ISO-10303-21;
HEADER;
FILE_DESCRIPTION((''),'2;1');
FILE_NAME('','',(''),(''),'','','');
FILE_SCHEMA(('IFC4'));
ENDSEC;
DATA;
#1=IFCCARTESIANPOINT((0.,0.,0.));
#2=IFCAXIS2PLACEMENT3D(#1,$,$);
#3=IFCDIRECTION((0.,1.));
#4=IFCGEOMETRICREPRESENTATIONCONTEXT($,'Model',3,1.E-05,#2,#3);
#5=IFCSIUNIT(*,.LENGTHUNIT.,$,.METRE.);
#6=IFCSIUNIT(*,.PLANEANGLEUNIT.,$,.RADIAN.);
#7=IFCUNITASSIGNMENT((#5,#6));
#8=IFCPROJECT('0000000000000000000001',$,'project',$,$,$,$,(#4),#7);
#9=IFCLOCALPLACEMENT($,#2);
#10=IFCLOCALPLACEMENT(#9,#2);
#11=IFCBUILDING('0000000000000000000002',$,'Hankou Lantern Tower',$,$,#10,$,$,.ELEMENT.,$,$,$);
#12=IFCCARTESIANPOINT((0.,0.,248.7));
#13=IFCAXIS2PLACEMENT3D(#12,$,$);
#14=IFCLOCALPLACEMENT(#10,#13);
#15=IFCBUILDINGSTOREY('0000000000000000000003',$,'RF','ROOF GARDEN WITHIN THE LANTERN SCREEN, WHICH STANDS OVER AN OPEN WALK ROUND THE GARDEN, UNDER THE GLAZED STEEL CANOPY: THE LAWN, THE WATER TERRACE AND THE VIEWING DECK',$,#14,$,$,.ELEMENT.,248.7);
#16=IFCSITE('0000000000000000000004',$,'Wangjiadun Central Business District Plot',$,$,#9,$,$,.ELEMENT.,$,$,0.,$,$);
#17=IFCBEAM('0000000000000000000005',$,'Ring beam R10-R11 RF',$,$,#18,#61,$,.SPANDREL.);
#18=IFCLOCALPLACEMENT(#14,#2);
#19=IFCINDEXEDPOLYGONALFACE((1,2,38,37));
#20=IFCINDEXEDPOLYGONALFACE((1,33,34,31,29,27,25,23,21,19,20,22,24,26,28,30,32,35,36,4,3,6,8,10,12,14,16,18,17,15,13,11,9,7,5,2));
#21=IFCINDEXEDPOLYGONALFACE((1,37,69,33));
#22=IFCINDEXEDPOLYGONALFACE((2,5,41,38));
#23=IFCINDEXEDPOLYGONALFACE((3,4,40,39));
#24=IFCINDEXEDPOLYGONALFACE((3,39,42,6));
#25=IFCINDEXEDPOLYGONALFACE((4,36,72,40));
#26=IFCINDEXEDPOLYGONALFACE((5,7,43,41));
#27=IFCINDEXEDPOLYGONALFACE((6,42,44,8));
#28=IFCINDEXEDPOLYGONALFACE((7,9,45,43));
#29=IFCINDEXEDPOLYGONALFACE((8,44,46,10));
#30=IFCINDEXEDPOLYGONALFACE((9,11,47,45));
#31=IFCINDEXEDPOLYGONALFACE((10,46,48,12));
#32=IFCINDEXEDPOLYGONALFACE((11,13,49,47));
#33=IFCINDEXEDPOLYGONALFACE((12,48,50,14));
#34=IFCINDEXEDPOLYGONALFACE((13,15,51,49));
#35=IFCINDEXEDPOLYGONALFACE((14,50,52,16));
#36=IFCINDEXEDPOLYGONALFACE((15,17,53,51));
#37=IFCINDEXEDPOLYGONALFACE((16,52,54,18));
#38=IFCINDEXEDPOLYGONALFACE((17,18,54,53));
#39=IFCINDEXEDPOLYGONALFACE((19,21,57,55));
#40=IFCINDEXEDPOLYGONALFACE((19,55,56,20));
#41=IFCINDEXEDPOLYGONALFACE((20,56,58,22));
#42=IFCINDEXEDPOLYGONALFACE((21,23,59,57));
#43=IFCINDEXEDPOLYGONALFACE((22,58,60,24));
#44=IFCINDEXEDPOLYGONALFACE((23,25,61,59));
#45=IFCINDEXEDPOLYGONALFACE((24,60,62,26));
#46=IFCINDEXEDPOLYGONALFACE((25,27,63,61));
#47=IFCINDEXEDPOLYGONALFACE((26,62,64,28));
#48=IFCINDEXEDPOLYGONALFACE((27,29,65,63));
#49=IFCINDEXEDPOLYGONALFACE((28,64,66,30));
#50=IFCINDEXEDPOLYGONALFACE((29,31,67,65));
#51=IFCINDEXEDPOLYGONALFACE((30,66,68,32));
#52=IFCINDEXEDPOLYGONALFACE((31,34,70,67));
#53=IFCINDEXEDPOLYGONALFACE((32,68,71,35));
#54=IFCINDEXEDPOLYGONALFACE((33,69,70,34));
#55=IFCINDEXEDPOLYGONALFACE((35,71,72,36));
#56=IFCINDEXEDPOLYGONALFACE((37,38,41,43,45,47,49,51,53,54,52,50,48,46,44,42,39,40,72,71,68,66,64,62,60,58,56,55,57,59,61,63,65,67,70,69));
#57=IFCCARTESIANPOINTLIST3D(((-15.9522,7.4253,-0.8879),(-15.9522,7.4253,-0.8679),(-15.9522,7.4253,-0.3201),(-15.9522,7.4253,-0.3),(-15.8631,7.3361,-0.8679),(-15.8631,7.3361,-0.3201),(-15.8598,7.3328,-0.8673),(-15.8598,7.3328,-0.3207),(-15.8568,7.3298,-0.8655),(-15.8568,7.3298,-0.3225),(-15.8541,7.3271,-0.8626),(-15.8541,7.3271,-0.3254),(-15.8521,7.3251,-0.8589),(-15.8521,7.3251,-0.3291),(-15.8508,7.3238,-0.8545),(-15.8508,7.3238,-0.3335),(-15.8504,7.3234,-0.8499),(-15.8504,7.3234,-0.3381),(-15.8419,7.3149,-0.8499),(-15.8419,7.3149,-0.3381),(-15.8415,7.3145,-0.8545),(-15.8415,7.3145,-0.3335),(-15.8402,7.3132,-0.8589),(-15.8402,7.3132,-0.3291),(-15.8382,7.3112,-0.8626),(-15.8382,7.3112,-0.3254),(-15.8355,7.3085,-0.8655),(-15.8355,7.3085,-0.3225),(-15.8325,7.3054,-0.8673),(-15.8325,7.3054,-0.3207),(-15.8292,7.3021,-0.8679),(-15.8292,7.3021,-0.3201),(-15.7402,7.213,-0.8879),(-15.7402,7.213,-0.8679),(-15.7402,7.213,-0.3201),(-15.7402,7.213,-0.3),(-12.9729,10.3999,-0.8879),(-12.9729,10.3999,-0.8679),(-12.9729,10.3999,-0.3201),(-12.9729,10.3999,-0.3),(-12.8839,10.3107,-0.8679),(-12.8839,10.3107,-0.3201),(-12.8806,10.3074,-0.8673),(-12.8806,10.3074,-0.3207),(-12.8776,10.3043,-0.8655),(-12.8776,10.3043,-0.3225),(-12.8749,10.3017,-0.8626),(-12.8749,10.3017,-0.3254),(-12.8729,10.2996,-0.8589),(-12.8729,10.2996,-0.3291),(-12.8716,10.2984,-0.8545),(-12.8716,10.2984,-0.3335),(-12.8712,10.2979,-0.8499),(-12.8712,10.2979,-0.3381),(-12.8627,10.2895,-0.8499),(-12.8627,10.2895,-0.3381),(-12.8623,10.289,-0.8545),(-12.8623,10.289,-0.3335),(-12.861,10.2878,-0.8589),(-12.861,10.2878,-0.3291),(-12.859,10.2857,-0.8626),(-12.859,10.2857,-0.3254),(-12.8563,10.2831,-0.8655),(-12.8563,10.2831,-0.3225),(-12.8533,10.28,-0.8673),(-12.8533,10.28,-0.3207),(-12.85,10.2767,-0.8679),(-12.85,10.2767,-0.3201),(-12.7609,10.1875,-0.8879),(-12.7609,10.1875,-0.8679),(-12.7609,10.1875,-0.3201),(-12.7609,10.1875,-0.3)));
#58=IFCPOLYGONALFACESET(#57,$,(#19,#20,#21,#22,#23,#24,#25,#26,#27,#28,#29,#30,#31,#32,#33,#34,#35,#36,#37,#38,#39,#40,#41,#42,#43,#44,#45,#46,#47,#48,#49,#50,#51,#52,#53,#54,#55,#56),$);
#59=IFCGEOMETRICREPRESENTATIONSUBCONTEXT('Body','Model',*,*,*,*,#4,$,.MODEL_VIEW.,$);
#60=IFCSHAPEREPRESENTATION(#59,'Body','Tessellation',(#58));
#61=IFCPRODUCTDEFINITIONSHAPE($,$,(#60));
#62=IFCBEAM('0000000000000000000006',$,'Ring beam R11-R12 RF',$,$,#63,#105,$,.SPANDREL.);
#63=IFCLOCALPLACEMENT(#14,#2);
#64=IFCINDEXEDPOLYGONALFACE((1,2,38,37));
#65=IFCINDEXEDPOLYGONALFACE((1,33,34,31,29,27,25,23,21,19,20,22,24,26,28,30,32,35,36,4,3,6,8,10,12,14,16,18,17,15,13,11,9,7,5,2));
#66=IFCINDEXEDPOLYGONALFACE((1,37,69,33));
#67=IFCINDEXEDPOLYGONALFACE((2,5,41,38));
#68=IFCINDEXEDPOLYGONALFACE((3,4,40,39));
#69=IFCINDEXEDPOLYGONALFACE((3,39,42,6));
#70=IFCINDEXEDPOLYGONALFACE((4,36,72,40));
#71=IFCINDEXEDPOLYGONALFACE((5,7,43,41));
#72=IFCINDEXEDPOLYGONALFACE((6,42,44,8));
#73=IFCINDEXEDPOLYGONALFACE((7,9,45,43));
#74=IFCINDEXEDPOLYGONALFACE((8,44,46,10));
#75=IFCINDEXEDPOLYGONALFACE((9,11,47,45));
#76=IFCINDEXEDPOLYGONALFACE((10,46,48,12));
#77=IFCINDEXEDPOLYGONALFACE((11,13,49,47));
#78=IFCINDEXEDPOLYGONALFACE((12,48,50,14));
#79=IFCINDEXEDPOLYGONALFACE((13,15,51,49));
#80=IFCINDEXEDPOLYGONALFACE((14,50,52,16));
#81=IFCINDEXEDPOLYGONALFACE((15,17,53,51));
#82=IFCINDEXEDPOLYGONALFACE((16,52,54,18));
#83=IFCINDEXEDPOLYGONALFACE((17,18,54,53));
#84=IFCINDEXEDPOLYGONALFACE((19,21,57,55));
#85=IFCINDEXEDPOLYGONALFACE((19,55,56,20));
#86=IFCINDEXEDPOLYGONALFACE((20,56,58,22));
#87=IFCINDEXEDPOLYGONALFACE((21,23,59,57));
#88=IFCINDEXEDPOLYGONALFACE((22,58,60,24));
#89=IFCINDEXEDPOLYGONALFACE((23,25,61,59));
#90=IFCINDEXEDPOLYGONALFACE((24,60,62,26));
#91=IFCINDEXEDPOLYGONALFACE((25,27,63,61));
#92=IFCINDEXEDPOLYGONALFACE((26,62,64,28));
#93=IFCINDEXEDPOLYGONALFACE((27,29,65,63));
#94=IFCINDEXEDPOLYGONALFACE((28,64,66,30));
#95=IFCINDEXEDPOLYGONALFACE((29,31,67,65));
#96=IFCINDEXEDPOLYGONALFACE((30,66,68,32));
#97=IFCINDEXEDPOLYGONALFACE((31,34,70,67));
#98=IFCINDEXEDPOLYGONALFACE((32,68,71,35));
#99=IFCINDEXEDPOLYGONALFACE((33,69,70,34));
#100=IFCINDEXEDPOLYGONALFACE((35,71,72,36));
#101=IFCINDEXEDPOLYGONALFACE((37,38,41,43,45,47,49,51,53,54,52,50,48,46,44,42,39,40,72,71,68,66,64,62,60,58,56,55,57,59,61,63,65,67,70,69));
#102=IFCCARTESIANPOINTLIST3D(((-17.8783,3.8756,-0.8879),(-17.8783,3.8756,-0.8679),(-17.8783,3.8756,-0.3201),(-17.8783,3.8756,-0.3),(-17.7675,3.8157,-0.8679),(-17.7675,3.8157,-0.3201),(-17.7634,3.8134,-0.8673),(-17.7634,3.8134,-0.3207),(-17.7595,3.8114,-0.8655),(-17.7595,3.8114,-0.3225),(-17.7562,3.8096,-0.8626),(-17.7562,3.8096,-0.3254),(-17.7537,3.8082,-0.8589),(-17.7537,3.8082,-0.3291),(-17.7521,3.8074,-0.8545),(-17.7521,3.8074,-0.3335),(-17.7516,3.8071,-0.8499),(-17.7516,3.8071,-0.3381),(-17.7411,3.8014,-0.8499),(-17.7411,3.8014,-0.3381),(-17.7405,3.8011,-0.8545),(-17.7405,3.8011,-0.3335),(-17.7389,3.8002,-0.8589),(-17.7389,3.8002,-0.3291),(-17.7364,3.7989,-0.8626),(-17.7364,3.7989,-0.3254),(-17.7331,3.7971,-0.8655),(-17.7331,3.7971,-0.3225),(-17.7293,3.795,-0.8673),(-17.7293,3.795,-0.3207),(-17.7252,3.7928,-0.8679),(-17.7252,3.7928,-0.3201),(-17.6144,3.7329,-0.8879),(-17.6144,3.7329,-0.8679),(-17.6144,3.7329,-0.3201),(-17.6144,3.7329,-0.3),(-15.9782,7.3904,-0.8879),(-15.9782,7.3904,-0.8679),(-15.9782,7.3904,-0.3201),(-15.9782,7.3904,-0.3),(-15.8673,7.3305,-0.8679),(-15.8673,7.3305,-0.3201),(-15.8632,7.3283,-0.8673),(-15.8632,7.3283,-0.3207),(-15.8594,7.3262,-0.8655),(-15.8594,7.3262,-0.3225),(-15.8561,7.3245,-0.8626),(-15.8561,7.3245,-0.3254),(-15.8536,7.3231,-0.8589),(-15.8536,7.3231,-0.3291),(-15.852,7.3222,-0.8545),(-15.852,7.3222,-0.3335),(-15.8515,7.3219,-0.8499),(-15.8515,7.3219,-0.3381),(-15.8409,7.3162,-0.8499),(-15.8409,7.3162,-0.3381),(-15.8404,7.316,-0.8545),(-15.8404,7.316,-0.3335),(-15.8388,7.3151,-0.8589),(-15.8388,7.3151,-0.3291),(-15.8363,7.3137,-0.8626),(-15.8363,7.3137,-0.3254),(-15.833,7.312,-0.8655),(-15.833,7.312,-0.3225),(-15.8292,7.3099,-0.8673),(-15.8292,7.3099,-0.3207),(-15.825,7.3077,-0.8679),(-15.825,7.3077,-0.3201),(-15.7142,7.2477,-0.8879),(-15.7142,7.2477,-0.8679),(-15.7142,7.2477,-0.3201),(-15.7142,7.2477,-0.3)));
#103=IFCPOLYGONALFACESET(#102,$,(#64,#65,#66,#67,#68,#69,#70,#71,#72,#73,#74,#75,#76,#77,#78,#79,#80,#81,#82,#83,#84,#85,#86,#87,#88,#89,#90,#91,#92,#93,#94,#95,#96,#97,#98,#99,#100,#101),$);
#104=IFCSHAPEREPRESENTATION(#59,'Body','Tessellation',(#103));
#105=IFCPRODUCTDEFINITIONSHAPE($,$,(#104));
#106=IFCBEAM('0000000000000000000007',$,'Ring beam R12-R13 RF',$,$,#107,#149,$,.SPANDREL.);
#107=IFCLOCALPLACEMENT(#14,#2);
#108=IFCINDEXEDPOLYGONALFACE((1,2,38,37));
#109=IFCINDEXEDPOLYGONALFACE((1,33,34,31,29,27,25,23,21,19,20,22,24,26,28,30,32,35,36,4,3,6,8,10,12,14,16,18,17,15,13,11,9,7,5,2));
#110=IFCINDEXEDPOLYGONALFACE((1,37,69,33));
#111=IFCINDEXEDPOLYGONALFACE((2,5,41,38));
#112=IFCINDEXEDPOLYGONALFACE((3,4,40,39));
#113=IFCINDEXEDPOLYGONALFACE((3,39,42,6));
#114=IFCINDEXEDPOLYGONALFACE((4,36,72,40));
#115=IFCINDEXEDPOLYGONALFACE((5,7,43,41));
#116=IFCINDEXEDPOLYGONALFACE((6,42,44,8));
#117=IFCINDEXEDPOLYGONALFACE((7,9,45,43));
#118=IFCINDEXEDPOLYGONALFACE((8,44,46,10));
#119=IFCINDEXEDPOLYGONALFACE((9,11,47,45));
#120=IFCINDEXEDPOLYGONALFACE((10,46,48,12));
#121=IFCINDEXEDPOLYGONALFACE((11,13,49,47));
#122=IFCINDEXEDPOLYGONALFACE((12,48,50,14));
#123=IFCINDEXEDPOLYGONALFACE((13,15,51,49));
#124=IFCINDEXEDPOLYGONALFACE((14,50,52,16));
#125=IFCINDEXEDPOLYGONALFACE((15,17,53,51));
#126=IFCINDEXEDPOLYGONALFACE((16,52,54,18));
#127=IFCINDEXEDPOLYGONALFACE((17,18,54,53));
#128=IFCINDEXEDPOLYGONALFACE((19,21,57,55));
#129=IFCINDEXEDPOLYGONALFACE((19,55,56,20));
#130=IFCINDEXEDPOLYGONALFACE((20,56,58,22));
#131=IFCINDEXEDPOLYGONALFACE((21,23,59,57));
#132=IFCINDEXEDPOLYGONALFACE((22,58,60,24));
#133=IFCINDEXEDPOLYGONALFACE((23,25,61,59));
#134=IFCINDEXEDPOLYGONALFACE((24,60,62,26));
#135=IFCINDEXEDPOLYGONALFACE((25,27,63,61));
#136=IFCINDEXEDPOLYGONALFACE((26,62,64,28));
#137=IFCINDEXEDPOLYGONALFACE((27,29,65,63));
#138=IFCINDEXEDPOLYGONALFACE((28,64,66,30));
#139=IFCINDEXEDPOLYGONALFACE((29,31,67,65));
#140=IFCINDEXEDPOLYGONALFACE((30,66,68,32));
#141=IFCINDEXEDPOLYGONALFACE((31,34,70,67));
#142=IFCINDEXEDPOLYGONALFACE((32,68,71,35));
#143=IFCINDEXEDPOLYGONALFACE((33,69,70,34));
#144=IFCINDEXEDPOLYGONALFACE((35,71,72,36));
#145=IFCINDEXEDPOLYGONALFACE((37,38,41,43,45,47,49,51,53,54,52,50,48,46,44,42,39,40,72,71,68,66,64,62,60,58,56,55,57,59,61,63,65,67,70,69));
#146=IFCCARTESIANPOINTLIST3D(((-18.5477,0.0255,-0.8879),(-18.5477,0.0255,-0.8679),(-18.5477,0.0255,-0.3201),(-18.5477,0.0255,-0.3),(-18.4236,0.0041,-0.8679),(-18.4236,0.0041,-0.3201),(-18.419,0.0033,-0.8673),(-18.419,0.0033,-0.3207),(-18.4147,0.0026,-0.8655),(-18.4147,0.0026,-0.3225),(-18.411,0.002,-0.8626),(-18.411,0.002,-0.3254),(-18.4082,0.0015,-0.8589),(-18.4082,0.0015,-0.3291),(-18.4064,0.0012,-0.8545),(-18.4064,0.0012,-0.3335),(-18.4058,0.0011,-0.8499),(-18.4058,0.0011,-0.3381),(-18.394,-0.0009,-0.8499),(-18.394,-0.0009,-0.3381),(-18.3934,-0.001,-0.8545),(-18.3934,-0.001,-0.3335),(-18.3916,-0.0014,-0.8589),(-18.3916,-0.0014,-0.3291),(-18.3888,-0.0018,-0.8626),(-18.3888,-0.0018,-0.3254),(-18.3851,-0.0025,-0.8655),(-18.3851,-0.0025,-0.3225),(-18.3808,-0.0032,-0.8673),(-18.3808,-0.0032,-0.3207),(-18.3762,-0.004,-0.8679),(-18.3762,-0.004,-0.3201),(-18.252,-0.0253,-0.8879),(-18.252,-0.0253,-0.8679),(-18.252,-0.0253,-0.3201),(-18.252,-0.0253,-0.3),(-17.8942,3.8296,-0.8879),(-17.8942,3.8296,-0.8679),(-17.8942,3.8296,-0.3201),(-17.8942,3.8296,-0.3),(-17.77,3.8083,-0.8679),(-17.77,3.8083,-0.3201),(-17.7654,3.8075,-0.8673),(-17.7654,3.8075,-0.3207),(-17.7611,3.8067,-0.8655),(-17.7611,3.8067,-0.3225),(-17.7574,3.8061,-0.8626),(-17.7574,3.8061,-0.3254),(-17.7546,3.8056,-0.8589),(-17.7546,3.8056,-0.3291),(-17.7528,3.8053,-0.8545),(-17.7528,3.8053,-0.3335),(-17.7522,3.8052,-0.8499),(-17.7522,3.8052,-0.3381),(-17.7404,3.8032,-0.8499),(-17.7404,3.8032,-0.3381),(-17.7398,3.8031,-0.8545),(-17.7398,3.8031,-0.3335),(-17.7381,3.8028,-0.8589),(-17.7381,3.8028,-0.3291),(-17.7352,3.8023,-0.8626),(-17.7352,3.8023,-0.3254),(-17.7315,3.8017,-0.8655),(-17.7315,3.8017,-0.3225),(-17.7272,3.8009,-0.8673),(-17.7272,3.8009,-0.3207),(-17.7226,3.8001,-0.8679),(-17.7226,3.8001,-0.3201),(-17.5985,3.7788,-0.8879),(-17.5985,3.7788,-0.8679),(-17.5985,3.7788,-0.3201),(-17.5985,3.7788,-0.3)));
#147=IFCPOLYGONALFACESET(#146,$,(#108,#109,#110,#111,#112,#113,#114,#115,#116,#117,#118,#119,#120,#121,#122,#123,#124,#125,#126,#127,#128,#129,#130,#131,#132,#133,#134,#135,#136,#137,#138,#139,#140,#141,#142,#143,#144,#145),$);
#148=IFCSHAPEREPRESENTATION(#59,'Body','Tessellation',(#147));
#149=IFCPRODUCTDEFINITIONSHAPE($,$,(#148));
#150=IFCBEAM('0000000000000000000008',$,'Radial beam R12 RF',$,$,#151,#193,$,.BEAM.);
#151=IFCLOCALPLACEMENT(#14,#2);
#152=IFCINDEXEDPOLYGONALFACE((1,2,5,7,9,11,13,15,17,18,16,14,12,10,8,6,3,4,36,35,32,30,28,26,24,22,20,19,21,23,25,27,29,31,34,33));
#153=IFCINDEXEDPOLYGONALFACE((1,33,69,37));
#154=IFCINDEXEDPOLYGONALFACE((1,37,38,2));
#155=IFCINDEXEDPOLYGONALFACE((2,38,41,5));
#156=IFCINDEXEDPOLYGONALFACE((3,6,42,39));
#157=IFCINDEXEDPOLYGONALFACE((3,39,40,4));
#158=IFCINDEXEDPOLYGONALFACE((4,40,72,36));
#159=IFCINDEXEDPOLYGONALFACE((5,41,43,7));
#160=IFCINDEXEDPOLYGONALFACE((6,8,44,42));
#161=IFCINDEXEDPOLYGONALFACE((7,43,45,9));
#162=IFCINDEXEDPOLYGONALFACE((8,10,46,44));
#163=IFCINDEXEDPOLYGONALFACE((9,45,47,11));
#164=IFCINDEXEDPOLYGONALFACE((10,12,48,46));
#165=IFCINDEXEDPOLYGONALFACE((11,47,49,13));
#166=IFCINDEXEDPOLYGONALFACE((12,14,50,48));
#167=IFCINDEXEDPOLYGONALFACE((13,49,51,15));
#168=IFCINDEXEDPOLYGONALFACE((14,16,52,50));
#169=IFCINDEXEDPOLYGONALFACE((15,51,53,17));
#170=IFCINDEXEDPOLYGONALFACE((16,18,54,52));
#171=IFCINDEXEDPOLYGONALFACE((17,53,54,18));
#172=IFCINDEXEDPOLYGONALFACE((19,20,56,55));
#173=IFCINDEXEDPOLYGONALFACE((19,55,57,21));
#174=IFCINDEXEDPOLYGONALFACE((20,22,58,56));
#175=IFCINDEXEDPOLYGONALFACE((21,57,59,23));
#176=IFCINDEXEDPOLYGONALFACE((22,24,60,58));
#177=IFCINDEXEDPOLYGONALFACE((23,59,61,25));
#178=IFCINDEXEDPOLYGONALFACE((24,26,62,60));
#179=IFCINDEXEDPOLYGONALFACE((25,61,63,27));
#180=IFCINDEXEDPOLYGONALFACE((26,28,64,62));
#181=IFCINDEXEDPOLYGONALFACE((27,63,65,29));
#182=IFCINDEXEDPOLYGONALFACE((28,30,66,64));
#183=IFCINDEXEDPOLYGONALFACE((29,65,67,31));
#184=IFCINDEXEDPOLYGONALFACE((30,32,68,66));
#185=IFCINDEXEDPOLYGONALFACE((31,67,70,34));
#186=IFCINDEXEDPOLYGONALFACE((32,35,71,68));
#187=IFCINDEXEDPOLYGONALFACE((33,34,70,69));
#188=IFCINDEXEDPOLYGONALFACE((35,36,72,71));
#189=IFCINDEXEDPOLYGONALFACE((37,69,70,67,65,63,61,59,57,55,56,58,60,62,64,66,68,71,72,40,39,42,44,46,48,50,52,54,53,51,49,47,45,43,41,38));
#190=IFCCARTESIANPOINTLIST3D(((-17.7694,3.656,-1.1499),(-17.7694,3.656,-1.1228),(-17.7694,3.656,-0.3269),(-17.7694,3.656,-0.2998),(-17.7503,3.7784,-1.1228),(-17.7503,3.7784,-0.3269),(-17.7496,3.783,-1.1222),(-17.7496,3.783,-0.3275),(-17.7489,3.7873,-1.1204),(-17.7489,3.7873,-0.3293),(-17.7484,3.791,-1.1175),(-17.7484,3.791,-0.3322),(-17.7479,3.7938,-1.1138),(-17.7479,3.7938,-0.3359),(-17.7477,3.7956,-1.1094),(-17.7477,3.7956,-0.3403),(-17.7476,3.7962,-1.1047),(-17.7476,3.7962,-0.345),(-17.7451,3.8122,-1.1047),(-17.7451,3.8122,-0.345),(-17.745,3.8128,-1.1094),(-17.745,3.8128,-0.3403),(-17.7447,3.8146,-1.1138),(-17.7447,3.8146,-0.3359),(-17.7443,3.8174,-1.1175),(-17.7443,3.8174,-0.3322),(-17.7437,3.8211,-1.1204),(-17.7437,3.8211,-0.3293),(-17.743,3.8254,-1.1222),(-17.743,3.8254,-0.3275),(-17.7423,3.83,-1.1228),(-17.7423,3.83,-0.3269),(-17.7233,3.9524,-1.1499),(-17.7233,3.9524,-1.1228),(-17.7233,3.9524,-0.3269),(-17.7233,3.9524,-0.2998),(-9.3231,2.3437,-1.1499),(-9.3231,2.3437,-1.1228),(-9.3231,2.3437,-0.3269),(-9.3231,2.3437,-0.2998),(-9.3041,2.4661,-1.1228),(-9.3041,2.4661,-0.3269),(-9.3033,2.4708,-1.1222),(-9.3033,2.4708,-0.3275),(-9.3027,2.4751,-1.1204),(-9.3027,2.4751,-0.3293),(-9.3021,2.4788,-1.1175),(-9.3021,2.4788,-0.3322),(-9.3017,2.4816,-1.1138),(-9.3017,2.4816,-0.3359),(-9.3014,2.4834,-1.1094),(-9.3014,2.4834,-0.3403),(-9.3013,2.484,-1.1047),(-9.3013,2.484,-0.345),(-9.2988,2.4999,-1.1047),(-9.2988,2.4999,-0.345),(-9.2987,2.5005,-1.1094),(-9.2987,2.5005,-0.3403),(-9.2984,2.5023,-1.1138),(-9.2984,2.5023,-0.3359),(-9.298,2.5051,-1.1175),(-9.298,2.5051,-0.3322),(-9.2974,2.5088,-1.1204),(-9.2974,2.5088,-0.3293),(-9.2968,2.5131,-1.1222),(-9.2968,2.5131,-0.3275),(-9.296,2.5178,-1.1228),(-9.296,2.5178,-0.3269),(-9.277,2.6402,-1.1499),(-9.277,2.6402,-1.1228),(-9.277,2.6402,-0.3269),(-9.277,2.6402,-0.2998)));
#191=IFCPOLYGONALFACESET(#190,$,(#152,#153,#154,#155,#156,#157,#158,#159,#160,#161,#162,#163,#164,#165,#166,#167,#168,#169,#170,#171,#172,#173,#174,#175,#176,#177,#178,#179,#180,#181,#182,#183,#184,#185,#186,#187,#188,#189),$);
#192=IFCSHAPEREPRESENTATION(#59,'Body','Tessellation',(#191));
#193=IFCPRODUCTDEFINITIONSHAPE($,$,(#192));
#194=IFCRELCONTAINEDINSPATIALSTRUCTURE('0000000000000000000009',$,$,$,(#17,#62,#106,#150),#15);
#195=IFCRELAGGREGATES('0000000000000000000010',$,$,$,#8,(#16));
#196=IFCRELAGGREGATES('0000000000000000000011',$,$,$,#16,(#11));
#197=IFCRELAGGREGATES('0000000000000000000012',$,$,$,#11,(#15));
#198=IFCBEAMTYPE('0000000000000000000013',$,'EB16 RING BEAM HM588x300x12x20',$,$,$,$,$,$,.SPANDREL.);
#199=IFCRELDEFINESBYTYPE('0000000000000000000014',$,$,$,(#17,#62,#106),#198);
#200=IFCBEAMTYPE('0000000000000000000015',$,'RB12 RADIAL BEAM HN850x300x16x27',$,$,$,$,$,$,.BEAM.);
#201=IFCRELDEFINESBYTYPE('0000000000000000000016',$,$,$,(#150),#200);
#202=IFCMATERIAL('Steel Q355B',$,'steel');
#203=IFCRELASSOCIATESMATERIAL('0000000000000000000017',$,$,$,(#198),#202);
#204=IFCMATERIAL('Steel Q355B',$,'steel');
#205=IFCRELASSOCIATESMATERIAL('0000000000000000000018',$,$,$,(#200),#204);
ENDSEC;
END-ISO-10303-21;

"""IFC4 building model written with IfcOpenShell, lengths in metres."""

from ifc_helpers import new_model, si_unit, direction, frame, origin, origin_2d, place, context, subcontext, project, spatial, i_section, extrude, material, material_profile, profile_set, type_object, element, save


model = new_model("IFC4")

# Units and contexts
model_context = context("Model", 3, precision=1e-05, world=origin(), true_north=direction((0.0, 1.0)))
body_context = subcontext(model_context, "Body", "Model", "MODEL_VIEW")
ifc_project = project(units=[si_unit("LENGTHUNIT", "METRE"), si_unit("PLANEANGLEUNIT", "RADIAN")], contexts=[model_context])

# Site, building, storey
site_placement = place(None, origin())
site = spatial("IfcSite", under=ifc_project, at=site_placement, Name="Wangjiadun Central Business District Plot", CompositionType="ELEMENT", RefElevation=0.0)
building_placement = place(site_placement, origin())
building = spatial("IfcBuilding", under=site, at=building_placement, Name="Hankou Lantern Tower", CompositionType="ELEMENT")
storey_placement = place(building_placement, frame((0.0, 0.0, 248.7)))
storey = spatial("IfcBuildingStorey", under=building, at=storey_placement, Name="RF", Description="ROOF GARDEN WITHIN THE LANTERN SCREEN, WHICH STANDS OVER AN OPEN WALK ROUND THE GARDEN, UNDER THE GLAZED STEEL CANOPY: THE LAWN, THE WATER TERRACE AND THE VIEWING DECK", CompositionType="ELEMENT", Elevation=248.7)

# Beams
ifc_material_1 = material(Name="Steel Q355B", Category="steel")
ifc_material_profile_1 = material_profile(ifc_material_1, i_section(OverallWidth=0.3, OverallDepth=0.5879, WebThickness=0.012, FlangeThickness=0.02, FilletRadius=0.0181, at=origin_2d()), Name="HM588x300x12x20")
ifc_profile_set_1 = profile_set([ifc_material_profile_1], Name="Steel Q355B")
beam_type_1 = type_object("IfcBeamType", Name="EB16 RING BEAM HM588x300x12x20", PredefinedType="SPANDREL", material=ifc_profile_set_1)
beam_1_placement = place(storey_placement, frame((-12.8669, 10.2937, -0.594), z_axis=(-0.707657, -0.706556, 0.0), x_axis=(0.706556, -0.707657, 0.0)))
element("IfcBeam", 1, at=beam_1_placement, inside=storey, type_object=beam_type_1, Name="Ring beam R10-R11 RF", PredefinedType="SPANDREL", context=body_context, shape_type="SweptSolid", body=[
    extrude(i_section(OverallWidth=0.3, OverallDepth=0.5879, WebThickness=0.012, FlangeThickness=0.02, FilletRadius=0.0181, at=origin_2d()), origin(), (0.0, 0.0, 1.0), 4.21),
])
beam_2_placement = place(storey_placement, frame((-15.8462, 7.3191, -0.594), z_axis=(-0.475557, -0.879685, 0.0), x_axis=(0.879685, -0.475557, 0.0)))
element("IfcBeam", 2, at=beam_2_placement, inside=storey, type_object=beam_type_1, Name="Ring beam R11-R12 RF", PredefinedType="SPANDREL", context=body_context, shape_type="SweptSolid", body=[
    extrude(i_section(OverallWidth=0.3, OverallDepth=0.5879, WebThickness=0.012, FlangeThickness=0.02, FilletRadius=0.0181, at=origin_2d()), origin(), (0.0, 0.0, 1.0), 3.9956),
])
beam_3_placement = place(storey_placement, frame((-17.7463, 3.8042, -0.594), z_axis=(-0.16932, -0.985561, 0.0), x_axis=(0.985561, -0.16932, 0.0)))
element("IfcBeam", 3, at=beam_3_placement, inside=storey, type_object=beam_type_1, Name="Ring beam R12-R13 RF", PredefinedType="SPANDREL", context=body_context, shape_type="SweptSolid", body=[
    extrude(i_section(OverallWidth=0.3, OverallDepth=0.5879, WebThickness=0.012, FlangeThickness=0.02, FilletRadius=0.0181, at=origin_2d()), origin(), (0.0, 0.0, 1.0), 3.8599),
])
ifc_material_2 = material(Name="Steel Q355B", Category="steel")
ifc_material_profile_2 = material_profile(ifc_material_2, i_section(OverallWidth=0.3, OverallDepth=0.8501, WebThickness=0.0161, FlangeThickness=0.0271, FilletRadius=0.0181, at=origin_2d()), Name="HN850x300x16x27")
ifc_profile_set_2 = profile_set([ifc_material_profile_2], Name="Steel Q355B")
beam_type_2 = type_object("IfcBeamType", Name="RB12 RADIAL BEAM HN850x300x16x27", PredefinedType="BEAM", material=ifc_profile_set_2)
beam_4_placement = place(storey_placement, frame((-9.3, 2.4919, -0.7249), z_axis=(-0.988145, 0.153523, 0.0), x_axis=(-0.153523, -0.988145, 0.0)))
element("IfcBeam", 4, at=beam_4_placement, inside=storey, type_object=beam_type_2, Name="Radial beam R12 RF", PredefinedType="BEAM", context=body_context, shape_type="SweptSolid", body=[
    extrude(i_section(OverallWidth=0.3, OverallDepth=0.8501, WebThickness=0.0161, FlangeThickness=0.0271, FilletRadius=0.0181, at=origin_2d()), origin(), (0.0, 0.0, 1.0), 8.5476),
])

save(model, "model.ifc")
